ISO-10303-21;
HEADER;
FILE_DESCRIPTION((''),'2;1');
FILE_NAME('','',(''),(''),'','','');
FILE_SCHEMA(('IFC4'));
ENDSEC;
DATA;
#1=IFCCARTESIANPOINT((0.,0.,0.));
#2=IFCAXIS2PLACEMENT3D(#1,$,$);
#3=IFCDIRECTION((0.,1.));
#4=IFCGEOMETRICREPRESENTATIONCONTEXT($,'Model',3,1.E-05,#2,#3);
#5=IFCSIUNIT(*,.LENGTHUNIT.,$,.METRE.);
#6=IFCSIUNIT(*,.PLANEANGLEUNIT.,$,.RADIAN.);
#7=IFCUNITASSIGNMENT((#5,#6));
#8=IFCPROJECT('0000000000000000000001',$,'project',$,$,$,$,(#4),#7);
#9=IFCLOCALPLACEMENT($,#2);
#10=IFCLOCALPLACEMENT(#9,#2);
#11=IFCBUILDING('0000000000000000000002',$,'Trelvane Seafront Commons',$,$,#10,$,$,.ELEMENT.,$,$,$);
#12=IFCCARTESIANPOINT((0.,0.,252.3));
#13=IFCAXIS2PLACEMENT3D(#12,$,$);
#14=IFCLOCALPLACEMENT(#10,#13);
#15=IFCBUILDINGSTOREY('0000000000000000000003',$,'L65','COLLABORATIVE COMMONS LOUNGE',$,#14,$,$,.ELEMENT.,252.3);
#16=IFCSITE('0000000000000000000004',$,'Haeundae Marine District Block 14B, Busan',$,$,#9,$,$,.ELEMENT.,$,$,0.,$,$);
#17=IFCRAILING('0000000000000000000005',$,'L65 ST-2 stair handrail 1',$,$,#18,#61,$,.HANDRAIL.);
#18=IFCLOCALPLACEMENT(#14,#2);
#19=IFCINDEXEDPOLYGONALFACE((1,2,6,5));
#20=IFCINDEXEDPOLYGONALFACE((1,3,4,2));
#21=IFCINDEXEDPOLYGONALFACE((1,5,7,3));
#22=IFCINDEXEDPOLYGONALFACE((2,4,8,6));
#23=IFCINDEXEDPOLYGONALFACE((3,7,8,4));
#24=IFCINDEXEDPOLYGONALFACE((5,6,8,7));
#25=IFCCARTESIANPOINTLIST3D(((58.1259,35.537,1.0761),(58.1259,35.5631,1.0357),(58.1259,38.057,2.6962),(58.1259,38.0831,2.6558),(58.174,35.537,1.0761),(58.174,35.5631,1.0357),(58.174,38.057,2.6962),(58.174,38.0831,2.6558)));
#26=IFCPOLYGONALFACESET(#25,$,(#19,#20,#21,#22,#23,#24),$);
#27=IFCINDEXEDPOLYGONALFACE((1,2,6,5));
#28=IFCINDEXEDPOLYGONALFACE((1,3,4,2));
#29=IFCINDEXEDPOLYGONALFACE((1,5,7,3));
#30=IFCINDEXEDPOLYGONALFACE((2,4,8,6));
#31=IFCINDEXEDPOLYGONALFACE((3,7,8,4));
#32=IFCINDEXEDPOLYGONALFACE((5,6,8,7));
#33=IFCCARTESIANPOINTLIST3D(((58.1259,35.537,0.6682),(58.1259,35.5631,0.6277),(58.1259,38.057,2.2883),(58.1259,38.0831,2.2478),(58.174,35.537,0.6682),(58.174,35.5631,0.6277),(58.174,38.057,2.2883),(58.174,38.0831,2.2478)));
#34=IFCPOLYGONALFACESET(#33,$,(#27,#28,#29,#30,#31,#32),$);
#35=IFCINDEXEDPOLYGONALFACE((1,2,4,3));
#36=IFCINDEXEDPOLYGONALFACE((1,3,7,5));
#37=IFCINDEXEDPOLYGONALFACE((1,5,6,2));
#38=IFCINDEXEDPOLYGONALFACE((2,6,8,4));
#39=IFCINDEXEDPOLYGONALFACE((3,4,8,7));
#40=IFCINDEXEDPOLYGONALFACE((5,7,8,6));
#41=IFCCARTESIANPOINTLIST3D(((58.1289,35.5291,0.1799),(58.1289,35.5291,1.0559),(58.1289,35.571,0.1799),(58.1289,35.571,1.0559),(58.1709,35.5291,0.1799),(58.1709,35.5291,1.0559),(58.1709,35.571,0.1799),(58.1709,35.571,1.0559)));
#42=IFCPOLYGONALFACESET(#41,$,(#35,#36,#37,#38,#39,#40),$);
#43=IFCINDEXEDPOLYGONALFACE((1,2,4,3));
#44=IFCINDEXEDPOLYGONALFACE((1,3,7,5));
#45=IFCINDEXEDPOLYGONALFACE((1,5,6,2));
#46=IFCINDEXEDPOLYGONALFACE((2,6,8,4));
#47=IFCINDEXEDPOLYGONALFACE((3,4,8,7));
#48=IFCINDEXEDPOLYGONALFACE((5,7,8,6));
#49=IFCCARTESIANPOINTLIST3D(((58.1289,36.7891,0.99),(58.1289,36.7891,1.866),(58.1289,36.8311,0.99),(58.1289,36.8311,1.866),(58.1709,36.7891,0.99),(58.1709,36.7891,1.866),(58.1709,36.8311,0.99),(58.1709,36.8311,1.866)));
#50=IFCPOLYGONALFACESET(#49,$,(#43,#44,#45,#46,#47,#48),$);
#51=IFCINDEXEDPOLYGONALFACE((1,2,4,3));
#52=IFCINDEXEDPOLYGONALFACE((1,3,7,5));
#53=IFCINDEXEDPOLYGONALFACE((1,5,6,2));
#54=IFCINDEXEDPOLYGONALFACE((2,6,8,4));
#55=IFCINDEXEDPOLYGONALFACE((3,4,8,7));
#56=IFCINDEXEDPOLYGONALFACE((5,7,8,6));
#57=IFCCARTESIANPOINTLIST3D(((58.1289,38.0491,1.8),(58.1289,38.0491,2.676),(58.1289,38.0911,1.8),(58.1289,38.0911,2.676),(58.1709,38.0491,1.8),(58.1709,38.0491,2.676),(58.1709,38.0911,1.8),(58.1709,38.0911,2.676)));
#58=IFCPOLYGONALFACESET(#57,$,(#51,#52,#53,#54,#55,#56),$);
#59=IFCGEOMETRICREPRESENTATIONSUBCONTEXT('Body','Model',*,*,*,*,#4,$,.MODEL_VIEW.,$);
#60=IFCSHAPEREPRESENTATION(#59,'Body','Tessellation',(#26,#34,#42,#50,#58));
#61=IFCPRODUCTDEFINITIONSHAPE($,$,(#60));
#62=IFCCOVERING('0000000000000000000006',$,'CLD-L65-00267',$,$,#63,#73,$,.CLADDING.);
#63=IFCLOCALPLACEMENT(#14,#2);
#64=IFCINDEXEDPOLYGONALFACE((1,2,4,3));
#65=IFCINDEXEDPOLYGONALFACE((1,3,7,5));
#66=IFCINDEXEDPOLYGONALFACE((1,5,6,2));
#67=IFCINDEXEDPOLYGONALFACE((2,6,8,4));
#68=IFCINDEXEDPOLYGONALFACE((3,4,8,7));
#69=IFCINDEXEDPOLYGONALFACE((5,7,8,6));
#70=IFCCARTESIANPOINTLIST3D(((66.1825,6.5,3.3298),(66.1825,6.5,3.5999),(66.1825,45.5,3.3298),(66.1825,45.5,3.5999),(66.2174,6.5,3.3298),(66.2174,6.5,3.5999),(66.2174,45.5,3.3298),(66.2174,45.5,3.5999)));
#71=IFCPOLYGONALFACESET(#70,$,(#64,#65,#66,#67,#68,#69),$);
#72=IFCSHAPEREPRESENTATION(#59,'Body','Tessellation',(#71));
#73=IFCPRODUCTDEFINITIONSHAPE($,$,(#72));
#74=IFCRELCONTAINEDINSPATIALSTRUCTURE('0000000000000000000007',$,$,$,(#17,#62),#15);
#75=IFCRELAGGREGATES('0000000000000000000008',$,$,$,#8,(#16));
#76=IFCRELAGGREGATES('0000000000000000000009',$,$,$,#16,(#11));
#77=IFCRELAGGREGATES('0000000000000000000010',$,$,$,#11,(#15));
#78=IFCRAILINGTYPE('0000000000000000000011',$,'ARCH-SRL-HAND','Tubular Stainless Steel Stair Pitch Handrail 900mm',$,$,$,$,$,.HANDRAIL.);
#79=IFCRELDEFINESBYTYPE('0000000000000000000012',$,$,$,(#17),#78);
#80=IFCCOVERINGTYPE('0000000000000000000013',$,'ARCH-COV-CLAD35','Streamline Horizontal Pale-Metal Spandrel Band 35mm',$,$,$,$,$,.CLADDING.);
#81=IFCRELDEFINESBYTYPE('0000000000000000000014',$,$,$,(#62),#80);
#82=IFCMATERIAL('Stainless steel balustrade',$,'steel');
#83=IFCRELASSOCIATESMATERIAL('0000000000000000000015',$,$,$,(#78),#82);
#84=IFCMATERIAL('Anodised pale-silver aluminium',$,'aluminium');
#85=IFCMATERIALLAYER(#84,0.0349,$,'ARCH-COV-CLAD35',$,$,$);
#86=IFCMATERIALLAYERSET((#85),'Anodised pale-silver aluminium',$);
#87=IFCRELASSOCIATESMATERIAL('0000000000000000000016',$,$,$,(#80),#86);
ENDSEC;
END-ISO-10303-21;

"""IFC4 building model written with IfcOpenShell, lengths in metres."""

from ifc_helpers import new_model, si_unit, direction, frame, origin, origin_2d, place, context, subcontext, project, spatial, rectangle, extrude, source, transform, mapped, material, layer, layer_set, type_object, element, save


model = new_model("IFC4")

# Units and contexts
model_context = context("Model", 3, precision=1e-05, world=origin(), true_north=direction((0.0, 1.0)))
body_context = subcontext(model_context, "Body", "Model", "MODEL_VIEW")
ifc_project = project(units=[si_unit("LENGTHUNIT", "METRE"), si_unit("PLANEANGLEUNIT", "RADIAN")], contexts=[model_context])

# Site, building, storey
site_placement = place(None, origin())
site = spatial("IfcSite", under=ifc_project, at=site_placement, Name="Haeundae Marine District Block 14B, Busan", CompositionType="ELEMENT", RefElevation=0.0)
building_placement = place(site_placement, origin())
building = spatial("IfcBuilding", under=site, at=building_placement, Name="Trelvane Seafront Commons", CompositionType="ELEMENT")
storey_placement = place(building_placement, frame((0.0, 0.0, 252.3)))
storey = spatial("IfcBuildingStorey", under=building, at=storey_placement, Name="L65", Description="COLLABORATIVE COMMONS LOUNGE", CompositionType="ELEMENT", Elevation=252.3)

# Railing
ifc_material_1 = material(Name="Stainless steel balustrade", Category="steel")
railing_type_1 = type_object("IfcRailingType", Name="ARCH-SRL-HAND", Description="Tubular Stainless Steel Stair Pitch Handrail 900mm", PredefinedType="HANDRAIL", material=ifc_material_1)
railing_1_placement = place(storey_placement, frame((58.1499, 35.55, 0.1799)))
element("IfcRailing", 1, at=railing_1_placement, inside=storey, type_object=railing_type_1, Name="L65 ST-2 stair handrail 1", PredefinedType="HANDRAIL", context=body_context, shape_type="SweptSolid", body=[
    extrude(rectangle(XDim=0.0481, YDim=0.0481, at=origin_2d()), frame((0.0, 0.0, 0.876), z_axis=(0.0, 0.841163, 0.540782), x_axis=(-1.0, 0.0, 0.0)), (0.0, 0.0, 1.0), 2.9958),
    extrude(rectangle(XDim=0.0481, YDim=0.0481, at=origin_2d()), frame((0.0, 0.0, 0.468), z_axis=(0.0, 0.841163, 0.540782), x_axis=(-1.0, 0.0, 0.0)), (0.0, 0.0, 1.0), 2.9958),
    extrude(rectangle(XDim=0.042, YDim=0.042, at=origin_2d()), origin(), (0.0, 0.0, 1.0), 0.876),
    extrude(rectangle(XDim=0.042, YDim=0.042, at=origin_2d()), frame((0.0, 1.26, 0.8101)), (0.0, 0.0, 1.0), 0.876),
    extrude(rectangle(XDim=0.042, YDim=0.042, at=origin_2d()), frame((0.0, 2.52, 1.6201)), (0.0, 0.0, 1.0), 0.876),
])

# Covering
ifc_material_2 = material(Name="Anodised pale-silver aluminium", Category="aluminium")
ifc_layer_1 = layer(ifc_material_2, 0.0349, Name="ARCH-COV-CLAD35")
ifc_layer_set_1 = layer_set([ifc_layer_1], Name="Anodised pale-silver aluminium")
covering_type = type_object("IfcCoveringType", Name="ARCH-COV-CLAD35", Description="Streamline Horizontal Pale-Metal Spandrel Band 35mm", PredefinedType="CLADDING", material=ifc_layer_set_1)
shared_shape_1 = source(origin(), body_context, "Body", "SweptSolid", [
    extrude(rectangle(XDim=39.0, YDim=0.0349, at=origin_2d()), origin(), (0.0, 0.0, 1.0), 0.27),
])
covering_placement = place(storey_placement, frame((66.2, 26.0, 3.3298), z_axis=(0.0, 0.0, 1.0), x_axis=(0.0, -1.0, 0.0)))
element("IfcCovering", 2, at=covering_placement, inside=storey, type_object=covering_type, Name="CLD-L65-00267", PredefinedType="CLADDING", context=body_context, shape_type="MappedRepresentation", body=[
    mapped(shared_shape_1, transform((0.0, 0.0, 0.0), x_axis=(1.0, 0.0, 0.0), y_axis=(0.0, 1.0, 0.0), z_axis=(0.0, 0.0, 1.0), scale=1.0)),
])

save(model, "model.ifc")
